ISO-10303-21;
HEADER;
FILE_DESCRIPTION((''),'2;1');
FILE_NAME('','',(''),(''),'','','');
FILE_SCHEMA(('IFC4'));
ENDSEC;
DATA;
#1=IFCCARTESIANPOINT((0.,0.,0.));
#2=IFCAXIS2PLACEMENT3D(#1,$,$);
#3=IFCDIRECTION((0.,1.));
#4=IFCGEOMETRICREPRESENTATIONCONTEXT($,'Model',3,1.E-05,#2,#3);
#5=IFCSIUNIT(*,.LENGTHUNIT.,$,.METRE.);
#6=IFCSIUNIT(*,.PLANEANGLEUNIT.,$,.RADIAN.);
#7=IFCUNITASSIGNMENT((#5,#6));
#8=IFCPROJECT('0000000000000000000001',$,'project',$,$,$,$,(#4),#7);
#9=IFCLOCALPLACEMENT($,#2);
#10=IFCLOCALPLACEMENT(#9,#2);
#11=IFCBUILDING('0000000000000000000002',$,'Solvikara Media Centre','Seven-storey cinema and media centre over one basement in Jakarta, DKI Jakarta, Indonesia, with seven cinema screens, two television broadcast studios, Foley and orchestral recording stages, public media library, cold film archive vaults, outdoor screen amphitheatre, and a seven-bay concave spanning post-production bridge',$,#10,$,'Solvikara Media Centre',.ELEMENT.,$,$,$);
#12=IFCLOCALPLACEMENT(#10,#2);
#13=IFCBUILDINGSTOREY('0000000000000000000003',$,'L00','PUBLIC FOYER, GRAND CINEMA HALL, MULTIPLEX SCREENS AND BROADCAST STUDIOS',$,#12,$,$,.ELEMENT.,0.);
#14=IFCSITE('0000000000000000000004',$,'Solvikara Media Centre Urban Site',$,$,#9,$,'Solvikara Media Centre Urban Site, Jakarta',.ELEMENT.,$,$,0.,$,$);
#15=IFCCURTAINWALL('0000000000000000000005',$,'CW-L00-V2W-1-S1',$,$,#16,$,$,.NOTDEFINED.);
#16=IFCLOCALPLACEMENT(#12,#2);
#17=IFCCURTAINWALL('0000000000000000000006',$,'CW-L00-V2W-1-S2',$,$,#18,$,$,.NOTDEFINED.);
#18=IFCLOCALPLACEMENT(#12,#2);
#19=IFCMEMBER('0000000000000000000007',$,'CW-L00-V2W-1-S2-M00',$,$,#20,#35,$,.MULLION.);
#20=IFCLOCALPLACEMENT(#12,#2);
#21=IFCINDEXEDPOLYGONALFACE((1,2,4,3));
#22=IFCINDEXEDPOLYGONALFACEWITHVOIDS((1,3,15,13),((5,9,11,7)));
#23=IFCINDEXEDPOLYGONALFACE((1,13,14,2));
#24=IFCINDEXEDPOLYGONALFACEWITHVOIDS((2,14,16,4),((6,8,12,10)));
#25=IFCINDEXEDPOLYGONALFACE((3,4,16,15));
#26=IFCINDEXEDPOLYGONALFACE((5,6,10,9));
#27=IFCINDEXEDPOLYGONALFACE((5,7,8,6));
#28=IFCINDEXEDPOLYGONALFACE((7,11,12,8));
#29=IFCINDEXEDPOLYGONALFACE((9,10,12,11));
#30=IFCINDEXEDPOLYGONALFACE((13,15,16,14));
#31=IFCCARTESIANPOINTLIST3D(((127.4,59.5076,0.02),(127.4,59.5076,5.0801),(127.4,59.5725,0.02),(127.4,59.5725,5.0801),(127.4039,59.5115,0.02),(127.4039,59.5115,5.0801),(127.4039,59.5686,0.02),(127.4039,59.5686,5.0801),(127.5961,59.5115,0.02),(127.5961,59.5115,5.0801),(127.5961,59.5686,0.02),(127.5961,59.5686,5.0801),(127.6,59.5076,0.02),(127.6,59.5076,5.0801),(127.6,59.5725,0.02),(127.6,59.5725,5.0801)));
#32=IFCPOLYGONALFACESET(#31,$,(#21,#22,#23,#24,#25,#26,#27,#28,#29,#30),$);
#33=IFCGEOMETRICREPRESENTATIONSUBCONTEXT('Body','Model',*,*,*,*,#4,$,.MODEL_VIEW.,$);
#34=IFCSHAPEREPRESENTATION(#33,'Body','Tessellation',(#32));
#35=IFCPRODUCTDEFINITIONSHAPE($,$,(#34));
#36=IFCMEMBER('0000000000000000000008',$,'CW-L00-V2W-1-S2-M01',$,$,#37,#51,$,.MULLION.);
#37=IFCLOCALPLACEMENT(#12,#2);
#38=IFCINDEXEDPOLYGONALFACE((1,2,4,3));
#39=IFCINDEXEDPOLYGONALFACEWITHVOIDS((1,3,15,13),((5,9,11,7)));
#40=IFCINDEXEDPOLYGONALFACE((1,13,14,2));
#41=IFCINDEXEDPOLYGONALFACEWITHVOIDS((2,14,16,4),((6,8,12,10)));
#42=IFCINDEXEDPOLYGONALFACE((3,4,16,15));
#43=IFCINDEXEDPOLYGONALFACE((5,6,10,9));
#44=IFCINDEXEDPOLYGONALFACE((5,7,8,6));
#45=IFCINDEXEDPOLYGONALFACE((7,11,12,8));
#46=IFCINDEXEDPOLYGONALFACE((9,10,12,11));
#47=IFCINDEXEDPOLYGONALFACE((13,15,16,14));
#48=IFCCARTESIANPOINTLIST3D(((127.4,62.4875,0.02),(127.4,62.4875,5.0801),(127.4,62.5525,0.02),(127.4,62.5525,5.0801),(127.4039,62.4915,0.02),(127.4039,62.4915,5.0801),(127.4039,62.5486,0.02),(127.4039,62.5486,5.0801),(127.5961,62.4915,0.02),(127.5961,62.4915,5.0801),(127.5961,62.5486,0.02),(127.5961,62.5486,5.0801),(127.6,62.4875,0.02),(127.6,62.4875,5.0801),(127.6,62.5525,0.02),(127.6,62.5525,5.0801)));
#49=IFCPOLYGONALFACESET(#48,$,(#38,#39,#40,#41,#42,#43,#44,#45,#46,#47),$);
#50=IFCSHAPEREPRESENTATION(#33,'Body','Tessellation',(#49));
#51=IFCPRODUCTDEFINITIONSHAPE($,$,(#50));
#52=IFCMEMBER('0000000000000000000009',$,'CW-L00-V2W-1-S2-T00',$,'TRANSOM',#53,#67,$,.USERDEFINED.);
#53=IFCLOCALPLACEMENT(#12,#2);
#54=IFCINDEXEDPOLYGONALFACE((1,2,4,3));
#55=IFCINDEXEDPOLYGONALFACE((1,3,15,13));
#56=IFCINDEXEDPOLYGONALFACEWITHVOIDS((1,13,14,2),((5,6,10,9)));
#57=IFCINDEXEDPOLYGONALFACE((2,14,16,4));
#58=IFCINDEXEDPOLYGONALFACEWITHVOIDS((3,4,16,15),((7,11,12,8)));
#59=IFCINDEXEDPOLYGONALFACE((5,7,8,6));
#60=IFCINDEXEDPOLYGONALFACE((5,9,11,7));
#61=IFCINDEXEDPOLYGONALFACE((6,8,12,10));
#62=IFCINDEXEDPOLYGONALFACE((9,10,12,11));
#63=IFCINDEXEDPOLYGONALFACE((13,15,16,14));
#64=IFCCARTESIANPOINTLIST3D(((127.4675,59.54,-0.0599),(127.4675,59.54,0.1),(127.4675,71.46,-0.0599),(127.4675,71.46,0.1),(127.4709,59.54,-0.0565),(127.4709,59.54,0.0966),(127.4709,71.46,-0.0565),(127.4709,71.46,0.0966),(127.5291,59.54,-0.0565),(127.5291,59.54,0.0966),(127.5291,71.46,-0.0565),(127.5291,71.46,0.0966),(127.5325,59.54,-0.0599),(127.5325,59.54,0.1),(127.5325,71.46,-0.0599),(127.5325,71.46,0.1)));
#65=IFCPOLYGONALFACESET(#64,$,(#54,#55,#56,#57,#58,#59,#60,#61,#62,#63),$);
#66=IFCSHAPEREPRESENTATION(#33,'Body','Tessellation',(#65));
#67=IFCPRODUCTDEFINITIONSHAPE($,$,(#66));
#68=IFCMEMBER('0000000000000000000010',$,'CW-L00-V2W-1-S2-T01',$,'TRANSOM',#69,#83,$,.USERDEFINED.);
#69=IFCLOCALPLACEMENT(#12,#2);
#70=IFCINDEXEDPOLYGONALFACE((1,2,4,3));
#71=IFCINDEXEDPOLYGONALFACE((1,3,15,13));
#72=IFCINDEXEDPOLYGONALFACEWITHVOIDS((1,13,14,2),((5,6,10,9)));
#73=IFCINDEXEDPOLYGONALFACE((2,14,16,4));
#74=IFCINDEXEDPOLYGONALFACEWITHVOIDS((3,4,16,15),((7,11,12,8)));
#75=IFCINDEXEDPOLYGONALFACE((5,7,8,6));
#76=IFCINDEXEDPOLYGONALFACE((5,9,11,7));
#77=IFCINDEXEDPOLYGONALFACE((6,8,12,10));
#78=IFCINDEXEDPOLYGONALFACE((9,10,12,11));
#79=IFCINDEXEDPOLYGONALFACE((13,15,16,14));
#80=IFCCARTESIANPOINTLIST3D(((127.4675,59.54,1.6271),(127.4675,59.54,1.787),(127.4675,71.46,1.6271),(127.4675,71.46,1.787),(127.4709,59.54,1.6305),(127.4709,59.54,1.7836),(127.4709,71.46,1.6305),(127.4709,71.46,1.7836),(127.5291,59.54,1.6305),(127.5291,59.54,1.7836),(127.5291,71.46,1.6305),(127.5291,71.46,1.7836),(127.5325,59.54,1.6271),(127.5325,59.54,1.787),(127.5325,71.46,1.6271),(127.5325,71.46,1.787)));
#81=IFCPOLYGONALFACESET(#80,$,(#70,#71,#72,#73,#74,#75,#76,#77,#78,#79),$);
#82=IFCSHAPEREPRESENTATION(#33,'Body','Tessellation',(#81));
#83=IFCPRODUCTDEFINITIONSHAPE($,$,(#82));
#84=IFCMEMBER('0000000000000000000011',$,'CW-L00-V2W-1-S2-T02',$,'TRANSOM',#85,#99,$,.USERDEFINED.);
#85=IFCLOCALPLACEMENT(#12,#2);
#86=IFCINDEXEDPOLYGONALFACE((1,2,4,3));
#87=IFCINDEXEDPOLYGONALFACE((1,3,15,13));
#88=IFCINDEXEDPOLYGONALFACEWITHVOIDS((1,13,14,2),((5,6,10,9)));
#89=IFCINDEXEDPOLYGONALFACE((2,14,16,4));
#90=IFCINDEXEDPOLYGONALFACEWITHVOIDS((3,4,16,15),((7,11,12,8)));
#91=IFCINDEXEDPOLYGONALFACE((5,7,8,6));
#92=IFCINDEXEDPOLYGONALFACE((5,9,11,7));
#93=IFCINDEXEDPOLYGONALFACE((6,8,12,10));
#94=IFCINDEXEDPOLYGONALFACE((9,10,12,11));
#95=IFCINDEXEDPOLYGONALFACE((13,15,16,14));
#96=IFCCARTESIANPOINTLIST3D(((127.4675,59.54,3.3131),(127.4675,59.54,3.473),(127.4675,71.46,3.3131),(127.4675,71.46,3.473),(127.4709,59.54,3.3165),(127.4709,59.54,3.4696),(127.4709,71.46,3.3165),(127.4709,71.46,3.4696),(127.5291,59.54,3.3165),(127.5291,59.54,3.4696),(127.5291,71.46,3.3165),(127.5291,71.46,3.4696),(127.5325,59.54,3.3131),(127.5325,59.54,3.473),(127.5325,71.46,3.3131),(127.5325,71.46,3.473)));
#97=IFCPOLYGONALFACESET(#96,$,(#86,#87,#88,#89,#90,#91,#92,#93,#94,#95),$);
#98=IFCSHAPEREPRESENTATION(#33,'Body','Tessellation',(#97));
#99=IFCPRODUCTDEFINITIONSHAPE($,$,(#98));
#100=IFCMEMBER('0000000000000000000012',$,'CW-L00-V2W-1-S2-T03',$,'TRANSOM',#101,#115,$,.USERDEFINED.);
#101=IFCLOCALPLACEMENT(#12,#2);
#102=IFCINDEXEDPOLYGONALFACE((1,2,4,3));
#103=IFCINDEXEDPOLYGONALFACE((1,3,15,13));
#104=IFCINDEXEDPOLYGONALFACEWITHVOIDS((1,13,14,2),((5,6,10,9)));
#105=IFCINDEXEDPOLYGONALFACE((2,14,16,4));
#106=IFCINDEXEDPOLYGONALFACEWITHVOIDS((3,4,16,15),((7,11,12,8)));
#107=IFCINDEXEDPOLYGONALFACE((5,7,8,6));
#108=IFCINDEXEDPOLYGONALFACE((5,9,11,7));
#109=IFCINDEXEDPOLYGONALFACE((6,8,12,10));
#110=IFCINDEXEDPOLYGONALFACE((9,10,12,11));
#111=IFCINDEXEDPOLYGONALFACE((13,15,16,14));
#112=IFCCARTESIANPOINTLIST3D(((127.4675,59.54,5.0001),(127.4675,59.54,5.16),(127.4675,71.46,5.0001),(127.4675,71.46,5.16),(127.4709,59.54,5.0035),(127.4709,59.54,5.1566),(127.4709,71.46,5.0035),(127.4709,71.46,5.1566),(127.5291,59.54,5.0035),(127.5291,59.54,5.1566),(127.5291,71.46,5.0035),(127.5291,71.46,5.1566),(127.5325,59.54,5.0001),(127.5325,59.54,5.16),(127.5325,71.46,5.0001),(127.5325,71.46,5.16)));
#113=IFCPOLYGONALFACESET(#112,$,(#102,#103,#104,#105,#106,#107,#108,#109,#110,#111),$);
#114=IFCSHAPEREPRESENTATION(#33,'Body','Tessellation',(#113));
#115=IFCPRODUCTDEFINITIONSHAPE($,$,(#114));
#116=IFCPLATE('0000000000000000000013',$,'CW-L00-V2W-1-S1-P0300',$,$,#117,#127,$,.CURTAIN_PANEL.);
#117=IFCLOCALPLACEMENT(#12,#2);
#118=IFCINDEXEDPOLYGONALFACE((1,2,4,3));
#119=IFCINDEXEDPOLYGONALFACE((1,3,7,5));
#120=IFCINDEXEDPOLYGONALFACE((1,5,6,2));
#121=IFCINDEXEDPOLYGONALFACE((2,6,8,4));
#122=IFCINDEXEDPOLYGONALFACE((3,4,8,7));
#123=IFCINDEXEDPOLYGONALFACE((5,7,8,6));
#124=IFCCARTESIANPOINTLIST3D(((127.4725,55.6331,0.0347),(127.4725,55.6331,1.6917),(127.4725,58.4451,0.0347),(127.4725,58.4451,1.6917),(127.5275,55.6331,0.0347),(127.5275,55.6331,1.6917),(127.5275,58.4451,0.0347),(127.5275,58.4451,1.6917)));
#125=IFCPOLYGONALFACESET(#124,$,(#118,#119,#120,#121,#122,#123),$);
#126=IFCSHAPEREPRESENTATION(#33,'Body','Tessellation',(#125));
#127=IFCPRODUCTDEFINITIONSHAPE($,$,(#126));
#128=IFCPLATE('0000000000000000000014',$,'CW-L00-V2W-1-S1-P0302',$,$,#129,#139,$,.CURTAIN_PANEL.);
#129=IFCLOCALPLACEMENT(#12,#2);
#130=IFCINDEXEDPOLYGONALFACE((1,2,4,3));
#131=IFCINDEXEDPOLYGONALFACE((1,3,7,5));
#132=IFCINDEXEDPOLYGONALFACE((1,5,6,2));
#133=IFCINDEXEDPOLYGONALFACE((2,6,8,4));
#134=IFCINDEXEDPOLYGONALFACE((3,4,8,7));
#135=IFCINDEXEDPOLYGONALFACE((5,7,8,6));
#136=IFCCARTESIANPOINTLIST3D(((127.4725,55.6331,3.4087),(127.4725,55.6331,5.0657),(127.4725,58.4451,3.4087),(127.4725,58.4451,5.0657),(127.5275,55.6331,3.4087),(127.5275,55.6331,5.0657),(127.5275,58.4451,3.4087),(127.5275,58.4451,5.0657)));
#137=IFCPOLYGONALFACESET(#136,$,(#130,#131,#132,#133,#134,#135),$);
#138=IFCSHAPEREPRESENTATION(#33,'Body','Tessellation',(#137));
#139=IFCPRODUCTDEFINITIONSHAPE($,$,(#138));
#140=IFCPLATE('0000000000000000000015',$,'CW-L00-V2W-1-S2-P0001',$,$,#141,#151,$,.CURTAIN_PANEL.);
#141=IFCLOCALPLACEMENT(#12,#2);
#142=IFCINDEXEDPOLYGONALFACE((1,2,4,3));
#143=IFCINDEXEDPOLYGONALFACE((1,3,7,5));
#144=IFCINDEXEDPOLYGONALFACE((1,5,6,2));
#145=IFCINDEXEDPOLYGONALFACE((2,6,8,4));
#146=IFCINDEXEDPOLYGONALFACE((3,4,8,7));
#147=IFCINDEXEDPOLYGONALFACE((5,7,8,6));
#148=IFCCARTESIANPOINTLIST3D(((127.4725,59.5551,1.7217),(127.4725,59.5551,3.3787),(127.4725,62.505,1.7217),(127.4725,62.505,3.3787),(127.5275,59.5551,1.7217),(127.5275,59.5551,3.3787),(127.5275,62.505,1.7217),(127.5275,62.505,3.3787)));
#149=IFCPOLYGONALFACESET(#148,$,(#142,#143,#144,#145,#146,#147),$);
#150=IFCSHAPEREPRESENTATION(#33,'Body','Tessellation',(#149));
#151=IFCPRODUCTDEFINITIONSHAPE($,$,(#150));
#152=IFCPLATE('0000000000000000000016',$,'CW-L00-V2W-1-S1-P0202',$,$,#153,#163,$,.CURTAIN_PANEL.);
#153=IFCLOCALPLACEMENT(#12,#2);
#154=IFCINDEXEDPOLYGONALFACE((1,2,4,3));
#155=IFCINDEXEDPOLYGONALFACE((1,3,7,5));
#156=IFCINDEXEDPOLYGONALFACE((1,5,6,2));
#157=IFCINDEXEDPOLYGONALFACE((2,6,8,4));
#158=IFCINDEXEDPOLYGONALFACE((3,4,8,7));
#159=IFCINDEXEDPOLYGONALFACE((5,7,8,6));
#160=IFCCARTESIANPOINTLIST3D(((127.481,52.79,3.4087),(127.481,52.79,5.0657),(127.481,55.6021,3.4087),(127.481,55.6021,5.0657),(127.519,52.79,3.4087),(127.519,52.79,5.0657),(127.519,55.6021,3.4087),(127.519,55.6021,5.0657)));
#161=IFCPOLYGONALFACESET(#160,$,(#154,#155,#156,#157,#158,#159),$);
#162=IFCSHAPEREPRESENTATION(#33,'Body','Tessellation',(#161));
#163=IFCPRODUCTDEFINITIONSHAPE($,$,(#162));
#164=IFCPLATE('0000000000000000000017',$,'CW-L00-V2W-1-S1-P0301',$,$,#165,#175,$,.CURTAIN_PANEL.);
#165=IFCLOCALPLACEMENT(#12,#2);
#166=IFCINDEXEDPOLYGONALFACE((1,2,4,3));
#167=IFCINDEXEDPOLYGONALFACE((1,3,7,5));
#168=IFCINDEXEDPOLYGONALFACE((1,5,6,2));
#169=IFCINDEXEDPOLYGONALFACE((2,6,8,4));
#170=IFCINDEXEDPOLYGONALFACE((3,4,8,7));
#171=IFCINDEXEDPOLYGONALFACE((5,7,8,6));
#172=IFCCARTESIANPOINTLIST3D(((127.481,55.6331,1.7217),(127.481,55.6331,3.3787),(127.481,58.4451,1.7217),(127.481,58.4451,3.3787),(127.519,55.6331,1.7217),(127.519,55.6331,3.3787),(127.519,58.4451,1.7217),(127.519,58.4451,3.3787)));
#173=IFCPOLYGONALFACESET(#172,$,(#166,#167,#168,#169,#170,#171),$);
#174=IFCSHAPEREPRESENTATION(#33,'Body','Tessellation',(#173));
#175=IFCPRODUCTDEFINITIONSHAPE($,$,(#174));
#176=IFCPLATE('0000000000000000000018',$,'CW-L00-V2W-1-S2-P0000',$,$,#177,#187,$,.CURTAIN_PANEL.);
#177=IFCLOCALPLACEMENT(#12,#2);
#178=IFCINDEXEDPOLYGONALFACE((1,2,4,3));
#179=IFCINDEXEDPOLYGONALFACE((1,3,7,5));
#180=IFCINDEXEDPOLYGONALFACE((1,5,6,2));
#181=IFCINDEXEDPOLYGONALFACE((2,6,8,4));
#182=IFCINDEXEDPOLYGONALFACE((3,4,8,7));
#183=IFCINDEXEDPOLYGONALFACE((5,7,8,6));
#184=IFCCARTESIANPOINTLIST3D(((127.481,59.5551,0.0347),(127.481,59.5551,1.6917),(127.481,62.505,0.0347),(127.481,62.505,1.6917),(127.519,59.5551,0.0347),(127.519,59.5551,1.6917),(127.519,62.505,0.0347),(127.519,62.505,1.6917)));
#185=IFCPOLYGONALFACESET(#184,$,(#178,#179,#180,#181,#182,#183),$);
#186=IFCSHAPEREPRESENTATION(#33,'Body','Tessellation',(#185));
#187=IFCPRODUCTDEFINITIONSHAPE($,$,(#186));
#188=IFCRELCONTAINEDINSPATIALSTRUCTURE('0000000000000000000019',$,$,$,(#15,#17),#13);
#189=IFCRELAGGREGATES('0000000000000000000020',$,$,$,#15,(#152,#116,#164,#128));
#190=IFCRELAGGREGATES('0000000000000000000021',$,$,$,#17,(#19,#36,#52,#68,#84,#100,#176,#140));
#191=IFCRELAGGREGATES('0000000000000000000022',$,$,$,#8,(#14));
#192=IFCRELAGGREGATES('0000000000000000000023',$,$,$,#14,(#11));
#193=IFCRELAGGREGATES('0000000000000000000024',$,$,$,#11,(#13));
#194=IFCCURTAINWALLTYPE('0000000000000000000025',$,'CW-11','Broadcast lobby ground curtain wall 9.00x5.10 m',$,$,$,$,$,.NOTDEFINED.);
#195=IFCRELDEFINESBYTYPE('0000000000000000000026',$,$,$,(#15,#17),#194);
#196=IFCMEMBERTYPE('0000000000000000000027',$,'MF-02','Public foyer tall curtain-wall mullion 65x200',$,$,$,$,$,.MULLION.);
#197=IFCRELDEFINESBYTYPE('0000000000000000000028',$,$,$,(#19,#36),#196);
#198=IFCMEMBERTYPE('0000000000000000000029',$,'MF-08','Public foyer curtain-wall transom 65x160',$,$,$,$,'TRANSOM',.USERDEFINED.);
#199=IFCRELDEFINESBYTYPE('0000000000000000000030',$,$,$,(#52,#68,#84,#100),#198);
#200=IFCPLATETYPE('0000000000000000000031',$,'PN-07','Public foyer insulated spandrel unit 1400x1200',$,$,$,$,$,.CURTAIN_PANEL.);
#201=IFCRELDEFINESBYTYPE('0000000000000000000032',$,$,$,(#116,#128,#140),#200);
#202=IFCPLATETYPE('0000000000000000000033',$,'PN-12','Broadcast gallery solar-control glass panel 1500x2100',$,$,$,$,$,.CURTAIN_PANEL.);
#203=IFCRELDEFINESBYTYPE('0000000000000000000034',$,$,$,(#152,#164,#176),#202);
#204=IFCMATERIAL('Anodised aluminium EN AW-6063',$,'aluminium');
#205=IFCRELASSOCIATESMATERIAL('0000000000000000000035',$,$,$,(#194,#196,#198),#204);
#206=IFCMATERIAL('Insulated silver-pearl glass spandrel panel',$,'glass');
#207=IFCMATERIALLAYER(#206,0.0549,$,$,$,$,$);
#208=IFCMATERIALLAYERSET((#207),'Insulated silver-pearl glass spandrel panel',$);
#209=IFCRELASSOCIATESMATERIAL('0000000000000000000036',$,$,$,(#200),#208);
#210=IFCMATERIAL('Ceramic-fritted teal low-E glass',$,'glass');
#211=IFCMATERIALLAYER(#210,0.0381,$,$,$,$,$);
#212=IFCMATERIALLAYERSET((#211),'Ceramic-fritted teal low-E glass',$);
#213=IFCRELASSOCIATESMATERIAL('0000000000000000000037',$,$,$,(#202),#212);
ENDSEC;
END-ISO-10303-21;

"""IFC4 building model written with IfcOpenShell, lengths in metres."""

from ifc_helpers import new_model, si_unit, direction, frame, origin, origin_2d, place, context, subcontext, project, spatial, rectangle, hollow_rectangle, extrude, material, layer, layer_set, material_profile, profile_set, type_object, element, aggregate, save


model = new_model("IFC4")

# Units and contexts
model_context = context("Model", 3, precision=1e-05, world=origin(), true_north=direction((0.0, 1.0)))
body_context = subcontext(model_context, "Body", "Model", "MODEL_VIEW")
ifc_project = project(units=[si_unit("LENGTHUNIT", "METRE"), si_unit("PLANEANGLEUNIT", "RADIAN")], contexts=[model_context])

# Site, building, storey
site_placement = place(None, origin())
site = spatial("IfcSite", under=ifc_project, at=site_placement, Name="Solvikara Media Centre Urban Site", LongName="Solvikara Media Centre Urban Site, Jakarta", CompositionType="ELEMENT", RefElevation=0.0)
building_placement = place(site_placement, origin())
building = spatial("IfcBuilding", under=site, at=building_placement, Name="Solvikara Media Centre", Description="Seven-storey cinema and media centre over one basement in Jakarta, DKI Jakarta, Indonesia, with seven cinema screens, two television broadcast studios, Foley and orchestral recording stages, public media library, cold film archive vaults, outdoor screen amphitheatre, and a seven-bay concave spanning post-production bridge", LongName="Solvikara Media Centre", CompositionType="ELEMENT")
storey_placement = place(building_placement, origin())
storey = spatial("IfcBuildingStorey", under=building, at=storey_placement, Name="L00", Description="PUBLIC FOYER, GRAND CINEMA HALL, MULTIPLEX SCREENS AND BROADCAST STUDIOS", CompositionType="ELEMENT", Elevation=0.0)

# Curtain walls, members
ifc_material_1 = material(Name="Anodised aluminium EN AW-6063", Category="aluminium")
curtain_wall_type = type_object("IfcCurtainWallType", Name="CW-11", Description="Broadcast lobby ground curtain wall 9.00x5.10 m", PredefinedType="NOTDEFINED", material=ifc_material_1)
curtain_wall_1_placement = place(storey_placement, origin())
curtain_wall_1 = element("IfcCurtainWall", 1, at=curtain_wall_1_placement, inside=storey, type_object=curtain_wall_type, Name="CW-L00-V2W-1-S1", PredefinedType="NOTDEFINED")
ifc_material_profile_1 = material_profile(ifc_material_1, hollow_rectangle(XDim=0.0649, YDim=0.2, WallThickness=0.0039, at=origin_2d()), Name="ALU-M 65x200x4")
ifc_profile_set_1 = profile_set([ifc_material_profile_1], Name="Anodised aluminium EN AW-6063")
member_type_1 = type_object("IfcMemberType", Name="MF-02", Description="Public foyer tall curtain-wall mullion 65x200", PredefinedType="MULLION", material=ifc_profile_set_1)
curtain_wall_2_placement = place(storey_placement, origin())
curtain_wall_2 = element("IfcCurtainWall", 2, at=curtain_wall_2_placement, inside=storey, type_object=curtain_wall_type, Name="CW-L00-V2W-1-S2", PredefinedType="NOTDEFINED")
member_1_placement = place(storey_placement, frame((127.5, 59.54, 0.02), z_axis=(0.0, 0.0, 1.0), x_axis=(0.0, 1.0, 0.0)))
member_1 = element("IfcMember", 3, at=member_1_placement, type_object=member_type_1, Name="CW-L00-V2W-1-S2-M00", PredefinedType="MULLION", context=body_context, shape_type="SweptSolid", body=[
    extrude(hollow_rectangle(XDim=0.0649, YDim=0.2, WallThickness=0.0039, at=origin_2d()), origin(), (0.0, 0.0, 1.0), 5.0601),
])
member_2_placement = place(storey_placement, frame((127.5, 62.52, 0.02), z_axis=(0.0, 0.0, 1.0), x_axis=(0.0, 1.0, 0.0)))
member_2 = element("IfcMember", 4, at=member_2_placement, type_object=member_type_1, Name="CW-L00-V2W-1-S2-M01", PredefinedType="MULLION", context=body_context, shape_type="SweptSolid", body=[
    extrude(hollow_rectangle(XDim=0.0649, YDim=0.2, WallThickness=0.0039, at=origin_2d()), origin(), (0.0, 0.0, 1.0), 5.0601),
])
ifc_material_profile_2 = material_profile(ifc_material_1, hollow_rectangle(XDim=0.0649, YDim=0.1599, WallThickness=0.0034, at=origin_2d()), Name="ALU-T 65x160x3.5")
ifc_profile_set_2 = profile_set([ifc_material_profile_2], Name="Anodised aluminium EN AW-6063")
member_type_2 = type_object("IfcMemberType", Name="MF-08", Description="Public foyer curtain-wall transom 65x160", ElementType="TRANSOM", PredefinedType="USERDEFINED", material=ifc_profile_set_2)
member_3_placement = place(storey_placement, frame((127.5, 59.54, 0.02), z_axis=(0.0, 1.0, 0.0), x_axis=(-1.0, 0.0, 0.0)))
member_3 = element("IfcMember", 5, at=member_3_placement, type_object=member_type_2, Name="CW-L00-V2W-1-S2-T00", ObjectType="TRANSOM", PredefinedType="USERDEFINED", context=body_context, shape_type="SweptSolid", body=[
    extrude(hollow_rectangle(XDim=0.0649, YDim=0.1599, WallThickness=0.0034, at=origin_2d()), origin(), (0.0, 0.0, 1.0), 11.9199),
])
member_4_placement = place(storey_placement, frame((127.5, 59.54, 1.707), z_axis=(0.0, 1.0, 0.0), x_axis=(-1.0, 0.0, 0.0)))
member_4 = element("IfcMember", 6, at=member_4_placement, type_object=member_type_2, Name="CW-L00-V2W-1-S2-T01", ObjectType="TRANSOM", PredefinedType="USERDEFINED", context=body_context, shape_type="SweptSolid", body=[
    extrude(hollow_rectangle(XDim=0.0649, YDim=0.1599, WallThickness=0.0034, at=origin_2d()), origin(), (0.0, 0.0, 1.0), 11.9199),
])
member_5_placement = place(storey_placement, frame((127.5, 59.54, 3.3931), z_axis=(0.0, 1.0, 0.0), x_axis=(-1.0, 0.0, 0.0)))
member_5 = element("IfcMember", 7, at=member_5_placement, type_object=member_type_2, Name="CW-L00-V2W-1-S2-T02", ObjectType="TRANSOM", PredefinedType="USERDEFINED", context=body_context, shape_type="SweptSolid", body=[
    extrude(hollow_rectangle(XDim=0.0649, YDim=0.1599, WallThickness=0.0034, at=origin_2d()), origin(), (0.0, 0.0, 1.0), 11.9199),
])
member_6_placement = place(storey_placement, frame((127.5, 59.54, 5.0801), z_axis=(0.0, 1.0, 0.0), x_axis=(-1.0, 0.0, 0.0)))
member_6 = element("IfcMember", 8, at=member_6_placement, type_object=member_type_2, Name="CW-L00-V2W-1-S2-T03", ObjectType="TRANSOM", PredefinedType="USERDEFINED", context=body_context, shape_type="SweptSolid", body=[
    extrude(hollow_rectangle(XDim=0.0649, YDim=0.1599, WallThickness=0.0034, at=origin_2d()), origin(), (0.0, 0.0, 1.0), 11.9199),
])

# Plates
ifc_material_2 = material(Name="Insulated silver-pearl glass spandrel panel", Category="glass")
ifc_layer_1 = layer(ifc_material_2, 0.0549)
ifc_layer_set_1 = layer_set([ifc_layer_1], Name="Insulated silver-pearl glass spandrel panel")
plate_type_1 = type_object("IfcPlateType", Name="PN-07", Description="Public foyer insulated spandrel unit 1400x1200", PredefinedType="CURTAIN_PANEL", material=ifc_layer_set_1)
plate_1_placement = place(storey_placement, frame((127.5, 57.0391, 0.0347), z_axis=(0.0, 0.0, 1.0), x_axis=(0.0, 1.0, 0.0)))
plate_1 = element("IfcPlate", 9, at=plate_1_placement, type_object=plate_type_1, Name="CW-L00-V2W-1-S1-P0300", PredefinedType="CURTAIN_PANEL", context=body_context, shape_type="SweptSolid", body=[
    extrude(rectangle(XDim=2.812, YDim=0.0549, at=origin_2d()), origin(), (0.0, 0.0, 1.0), 1.657),
])
plate_2_placement = place(storey_placement, frame((127.5, 57.0391, 3.4087), z_axis=(0.0, 0.0, 1.0), x_axis=(0.0, 1.0, 0.0)))
plate_2 = element("IfcPlate", 10, at=plate_2_placement, type_object=plate_type_1, Name="CW-L00-V2W-1-S1-P0302", PredefinedType="CURTAIN_PANEL", context=body_context, shape_type="SweptSolid", body=[
    extrude(rectangle(XDim=2.812, YDim=0.0549, at=origin_2d()), origin(), (0.0, 0.0, 1.0), 1.657),
])
plate_3_placement = place(storey_placement, frame((127.5, 61.03, 1.7217), z_axis=(0.0, 0.0, 1.0), x_axis=(0.0, 1.0, 0.0)))
plate_3 = element("IfcPlate", 11, at=plate_3_placement, type_object=plate_type_1, Name="CW-L00-V2W-1-S2-P0001", PredefinedType="CURTAIN_PANEL", context=body_context, shape_type="SweptSolid", body=[
    extrude(rectangle(XDim=2.95, YDim=0.0549, at=origin_2d()), origin(), (0.0, 0.0, 1.0), 1.657),
])
ifc_material_3 = material(Name="Ceramic-fritted teal low-E glass", Category="glass")
ifc_layer_2 = layer(ifc_material_3, 0.0381)
ifc_layer_set_2 = layer_set([ifc_layer_2], Name="Ceramic-fritted teal low-E glass")
plate_type_2 = type_object("IfcPlateType", Name="PN-12", Description="Broadcast gallery solar-control glass panel 1500x2100", PredefinedType="CURTAIN_PANEL", material=ifc_layer_set_2)
plate_4_placement = place(storey_placement, frame((127.5, 54.196, 3.4087), z_axis=(0.0, 0.0, 1.0), x_axis=(0.0, 1.0, 0.0)))
plate_4 = element("IfcPlate", 12, at=plate_4_placement, type_object=plate_type_2, Name="CW-L00-V2W-1-S1-P0202", PredefinedType="CURTAIN_PANEL", context=body_context, shape_type="SweptSolid", body=[
    extrude(rectangle(XDim=2.812, YDim=0.0381, at=origin_2d()), origin(), (0.0, 0.0, 1.0), 1.657),
])
plate_5_placement = place(storey_placement, frame((127.5, 57.0391, 1.7217), z_axis=(0.0, 0.0, 1.0), x_axis=(0.0, 1.0, 0.0)))
plate_5 = element("IfcPlate", 13, at=plate_5_placement, type_object=plate_type_2, Name="CW-L00-V2W-1-S1-P0301", PredefinedType="CURTAIN_PANEL", context=body_context, shape_type="SweptSolid", body=[
    extrude(rectangle(XDim=2.812, YDim=0.0381, at=origin_2d()), origin(), (0.0, 0.0, 1.0), 1.657),
])
aggregate(curtain_wall_1, [plate_4, plate_1, plate_5, plate_2])
plate_6_placement = place(storey_placement, frame((127.5, 61.03, 0.0347), z_axis=(0.0, 0.0, 1.0), x_axis=(0.0, 1.0, 0.0)))
plate_6 = element("IfcPlate", 14, at=plate_6_placement, type_object=plate_type_2, Name="CW-L00-V2W-1-S2-P0000", PredefinedType="CURTAIN_PANEL", context=body_context, shape_type="SweptSolid", body=[
    extrude(rectangle(XDim=2.95, YDim=0.0381, at=origin_2d()), origin(), (0.0, 0.0, 1.0), 1.657),
])
aggregate(curtain_wall_2, [member_1, member_2, member_3, member_4, member_5, member_6, plate_6, plate_3])

save(model, "model.ifc")
